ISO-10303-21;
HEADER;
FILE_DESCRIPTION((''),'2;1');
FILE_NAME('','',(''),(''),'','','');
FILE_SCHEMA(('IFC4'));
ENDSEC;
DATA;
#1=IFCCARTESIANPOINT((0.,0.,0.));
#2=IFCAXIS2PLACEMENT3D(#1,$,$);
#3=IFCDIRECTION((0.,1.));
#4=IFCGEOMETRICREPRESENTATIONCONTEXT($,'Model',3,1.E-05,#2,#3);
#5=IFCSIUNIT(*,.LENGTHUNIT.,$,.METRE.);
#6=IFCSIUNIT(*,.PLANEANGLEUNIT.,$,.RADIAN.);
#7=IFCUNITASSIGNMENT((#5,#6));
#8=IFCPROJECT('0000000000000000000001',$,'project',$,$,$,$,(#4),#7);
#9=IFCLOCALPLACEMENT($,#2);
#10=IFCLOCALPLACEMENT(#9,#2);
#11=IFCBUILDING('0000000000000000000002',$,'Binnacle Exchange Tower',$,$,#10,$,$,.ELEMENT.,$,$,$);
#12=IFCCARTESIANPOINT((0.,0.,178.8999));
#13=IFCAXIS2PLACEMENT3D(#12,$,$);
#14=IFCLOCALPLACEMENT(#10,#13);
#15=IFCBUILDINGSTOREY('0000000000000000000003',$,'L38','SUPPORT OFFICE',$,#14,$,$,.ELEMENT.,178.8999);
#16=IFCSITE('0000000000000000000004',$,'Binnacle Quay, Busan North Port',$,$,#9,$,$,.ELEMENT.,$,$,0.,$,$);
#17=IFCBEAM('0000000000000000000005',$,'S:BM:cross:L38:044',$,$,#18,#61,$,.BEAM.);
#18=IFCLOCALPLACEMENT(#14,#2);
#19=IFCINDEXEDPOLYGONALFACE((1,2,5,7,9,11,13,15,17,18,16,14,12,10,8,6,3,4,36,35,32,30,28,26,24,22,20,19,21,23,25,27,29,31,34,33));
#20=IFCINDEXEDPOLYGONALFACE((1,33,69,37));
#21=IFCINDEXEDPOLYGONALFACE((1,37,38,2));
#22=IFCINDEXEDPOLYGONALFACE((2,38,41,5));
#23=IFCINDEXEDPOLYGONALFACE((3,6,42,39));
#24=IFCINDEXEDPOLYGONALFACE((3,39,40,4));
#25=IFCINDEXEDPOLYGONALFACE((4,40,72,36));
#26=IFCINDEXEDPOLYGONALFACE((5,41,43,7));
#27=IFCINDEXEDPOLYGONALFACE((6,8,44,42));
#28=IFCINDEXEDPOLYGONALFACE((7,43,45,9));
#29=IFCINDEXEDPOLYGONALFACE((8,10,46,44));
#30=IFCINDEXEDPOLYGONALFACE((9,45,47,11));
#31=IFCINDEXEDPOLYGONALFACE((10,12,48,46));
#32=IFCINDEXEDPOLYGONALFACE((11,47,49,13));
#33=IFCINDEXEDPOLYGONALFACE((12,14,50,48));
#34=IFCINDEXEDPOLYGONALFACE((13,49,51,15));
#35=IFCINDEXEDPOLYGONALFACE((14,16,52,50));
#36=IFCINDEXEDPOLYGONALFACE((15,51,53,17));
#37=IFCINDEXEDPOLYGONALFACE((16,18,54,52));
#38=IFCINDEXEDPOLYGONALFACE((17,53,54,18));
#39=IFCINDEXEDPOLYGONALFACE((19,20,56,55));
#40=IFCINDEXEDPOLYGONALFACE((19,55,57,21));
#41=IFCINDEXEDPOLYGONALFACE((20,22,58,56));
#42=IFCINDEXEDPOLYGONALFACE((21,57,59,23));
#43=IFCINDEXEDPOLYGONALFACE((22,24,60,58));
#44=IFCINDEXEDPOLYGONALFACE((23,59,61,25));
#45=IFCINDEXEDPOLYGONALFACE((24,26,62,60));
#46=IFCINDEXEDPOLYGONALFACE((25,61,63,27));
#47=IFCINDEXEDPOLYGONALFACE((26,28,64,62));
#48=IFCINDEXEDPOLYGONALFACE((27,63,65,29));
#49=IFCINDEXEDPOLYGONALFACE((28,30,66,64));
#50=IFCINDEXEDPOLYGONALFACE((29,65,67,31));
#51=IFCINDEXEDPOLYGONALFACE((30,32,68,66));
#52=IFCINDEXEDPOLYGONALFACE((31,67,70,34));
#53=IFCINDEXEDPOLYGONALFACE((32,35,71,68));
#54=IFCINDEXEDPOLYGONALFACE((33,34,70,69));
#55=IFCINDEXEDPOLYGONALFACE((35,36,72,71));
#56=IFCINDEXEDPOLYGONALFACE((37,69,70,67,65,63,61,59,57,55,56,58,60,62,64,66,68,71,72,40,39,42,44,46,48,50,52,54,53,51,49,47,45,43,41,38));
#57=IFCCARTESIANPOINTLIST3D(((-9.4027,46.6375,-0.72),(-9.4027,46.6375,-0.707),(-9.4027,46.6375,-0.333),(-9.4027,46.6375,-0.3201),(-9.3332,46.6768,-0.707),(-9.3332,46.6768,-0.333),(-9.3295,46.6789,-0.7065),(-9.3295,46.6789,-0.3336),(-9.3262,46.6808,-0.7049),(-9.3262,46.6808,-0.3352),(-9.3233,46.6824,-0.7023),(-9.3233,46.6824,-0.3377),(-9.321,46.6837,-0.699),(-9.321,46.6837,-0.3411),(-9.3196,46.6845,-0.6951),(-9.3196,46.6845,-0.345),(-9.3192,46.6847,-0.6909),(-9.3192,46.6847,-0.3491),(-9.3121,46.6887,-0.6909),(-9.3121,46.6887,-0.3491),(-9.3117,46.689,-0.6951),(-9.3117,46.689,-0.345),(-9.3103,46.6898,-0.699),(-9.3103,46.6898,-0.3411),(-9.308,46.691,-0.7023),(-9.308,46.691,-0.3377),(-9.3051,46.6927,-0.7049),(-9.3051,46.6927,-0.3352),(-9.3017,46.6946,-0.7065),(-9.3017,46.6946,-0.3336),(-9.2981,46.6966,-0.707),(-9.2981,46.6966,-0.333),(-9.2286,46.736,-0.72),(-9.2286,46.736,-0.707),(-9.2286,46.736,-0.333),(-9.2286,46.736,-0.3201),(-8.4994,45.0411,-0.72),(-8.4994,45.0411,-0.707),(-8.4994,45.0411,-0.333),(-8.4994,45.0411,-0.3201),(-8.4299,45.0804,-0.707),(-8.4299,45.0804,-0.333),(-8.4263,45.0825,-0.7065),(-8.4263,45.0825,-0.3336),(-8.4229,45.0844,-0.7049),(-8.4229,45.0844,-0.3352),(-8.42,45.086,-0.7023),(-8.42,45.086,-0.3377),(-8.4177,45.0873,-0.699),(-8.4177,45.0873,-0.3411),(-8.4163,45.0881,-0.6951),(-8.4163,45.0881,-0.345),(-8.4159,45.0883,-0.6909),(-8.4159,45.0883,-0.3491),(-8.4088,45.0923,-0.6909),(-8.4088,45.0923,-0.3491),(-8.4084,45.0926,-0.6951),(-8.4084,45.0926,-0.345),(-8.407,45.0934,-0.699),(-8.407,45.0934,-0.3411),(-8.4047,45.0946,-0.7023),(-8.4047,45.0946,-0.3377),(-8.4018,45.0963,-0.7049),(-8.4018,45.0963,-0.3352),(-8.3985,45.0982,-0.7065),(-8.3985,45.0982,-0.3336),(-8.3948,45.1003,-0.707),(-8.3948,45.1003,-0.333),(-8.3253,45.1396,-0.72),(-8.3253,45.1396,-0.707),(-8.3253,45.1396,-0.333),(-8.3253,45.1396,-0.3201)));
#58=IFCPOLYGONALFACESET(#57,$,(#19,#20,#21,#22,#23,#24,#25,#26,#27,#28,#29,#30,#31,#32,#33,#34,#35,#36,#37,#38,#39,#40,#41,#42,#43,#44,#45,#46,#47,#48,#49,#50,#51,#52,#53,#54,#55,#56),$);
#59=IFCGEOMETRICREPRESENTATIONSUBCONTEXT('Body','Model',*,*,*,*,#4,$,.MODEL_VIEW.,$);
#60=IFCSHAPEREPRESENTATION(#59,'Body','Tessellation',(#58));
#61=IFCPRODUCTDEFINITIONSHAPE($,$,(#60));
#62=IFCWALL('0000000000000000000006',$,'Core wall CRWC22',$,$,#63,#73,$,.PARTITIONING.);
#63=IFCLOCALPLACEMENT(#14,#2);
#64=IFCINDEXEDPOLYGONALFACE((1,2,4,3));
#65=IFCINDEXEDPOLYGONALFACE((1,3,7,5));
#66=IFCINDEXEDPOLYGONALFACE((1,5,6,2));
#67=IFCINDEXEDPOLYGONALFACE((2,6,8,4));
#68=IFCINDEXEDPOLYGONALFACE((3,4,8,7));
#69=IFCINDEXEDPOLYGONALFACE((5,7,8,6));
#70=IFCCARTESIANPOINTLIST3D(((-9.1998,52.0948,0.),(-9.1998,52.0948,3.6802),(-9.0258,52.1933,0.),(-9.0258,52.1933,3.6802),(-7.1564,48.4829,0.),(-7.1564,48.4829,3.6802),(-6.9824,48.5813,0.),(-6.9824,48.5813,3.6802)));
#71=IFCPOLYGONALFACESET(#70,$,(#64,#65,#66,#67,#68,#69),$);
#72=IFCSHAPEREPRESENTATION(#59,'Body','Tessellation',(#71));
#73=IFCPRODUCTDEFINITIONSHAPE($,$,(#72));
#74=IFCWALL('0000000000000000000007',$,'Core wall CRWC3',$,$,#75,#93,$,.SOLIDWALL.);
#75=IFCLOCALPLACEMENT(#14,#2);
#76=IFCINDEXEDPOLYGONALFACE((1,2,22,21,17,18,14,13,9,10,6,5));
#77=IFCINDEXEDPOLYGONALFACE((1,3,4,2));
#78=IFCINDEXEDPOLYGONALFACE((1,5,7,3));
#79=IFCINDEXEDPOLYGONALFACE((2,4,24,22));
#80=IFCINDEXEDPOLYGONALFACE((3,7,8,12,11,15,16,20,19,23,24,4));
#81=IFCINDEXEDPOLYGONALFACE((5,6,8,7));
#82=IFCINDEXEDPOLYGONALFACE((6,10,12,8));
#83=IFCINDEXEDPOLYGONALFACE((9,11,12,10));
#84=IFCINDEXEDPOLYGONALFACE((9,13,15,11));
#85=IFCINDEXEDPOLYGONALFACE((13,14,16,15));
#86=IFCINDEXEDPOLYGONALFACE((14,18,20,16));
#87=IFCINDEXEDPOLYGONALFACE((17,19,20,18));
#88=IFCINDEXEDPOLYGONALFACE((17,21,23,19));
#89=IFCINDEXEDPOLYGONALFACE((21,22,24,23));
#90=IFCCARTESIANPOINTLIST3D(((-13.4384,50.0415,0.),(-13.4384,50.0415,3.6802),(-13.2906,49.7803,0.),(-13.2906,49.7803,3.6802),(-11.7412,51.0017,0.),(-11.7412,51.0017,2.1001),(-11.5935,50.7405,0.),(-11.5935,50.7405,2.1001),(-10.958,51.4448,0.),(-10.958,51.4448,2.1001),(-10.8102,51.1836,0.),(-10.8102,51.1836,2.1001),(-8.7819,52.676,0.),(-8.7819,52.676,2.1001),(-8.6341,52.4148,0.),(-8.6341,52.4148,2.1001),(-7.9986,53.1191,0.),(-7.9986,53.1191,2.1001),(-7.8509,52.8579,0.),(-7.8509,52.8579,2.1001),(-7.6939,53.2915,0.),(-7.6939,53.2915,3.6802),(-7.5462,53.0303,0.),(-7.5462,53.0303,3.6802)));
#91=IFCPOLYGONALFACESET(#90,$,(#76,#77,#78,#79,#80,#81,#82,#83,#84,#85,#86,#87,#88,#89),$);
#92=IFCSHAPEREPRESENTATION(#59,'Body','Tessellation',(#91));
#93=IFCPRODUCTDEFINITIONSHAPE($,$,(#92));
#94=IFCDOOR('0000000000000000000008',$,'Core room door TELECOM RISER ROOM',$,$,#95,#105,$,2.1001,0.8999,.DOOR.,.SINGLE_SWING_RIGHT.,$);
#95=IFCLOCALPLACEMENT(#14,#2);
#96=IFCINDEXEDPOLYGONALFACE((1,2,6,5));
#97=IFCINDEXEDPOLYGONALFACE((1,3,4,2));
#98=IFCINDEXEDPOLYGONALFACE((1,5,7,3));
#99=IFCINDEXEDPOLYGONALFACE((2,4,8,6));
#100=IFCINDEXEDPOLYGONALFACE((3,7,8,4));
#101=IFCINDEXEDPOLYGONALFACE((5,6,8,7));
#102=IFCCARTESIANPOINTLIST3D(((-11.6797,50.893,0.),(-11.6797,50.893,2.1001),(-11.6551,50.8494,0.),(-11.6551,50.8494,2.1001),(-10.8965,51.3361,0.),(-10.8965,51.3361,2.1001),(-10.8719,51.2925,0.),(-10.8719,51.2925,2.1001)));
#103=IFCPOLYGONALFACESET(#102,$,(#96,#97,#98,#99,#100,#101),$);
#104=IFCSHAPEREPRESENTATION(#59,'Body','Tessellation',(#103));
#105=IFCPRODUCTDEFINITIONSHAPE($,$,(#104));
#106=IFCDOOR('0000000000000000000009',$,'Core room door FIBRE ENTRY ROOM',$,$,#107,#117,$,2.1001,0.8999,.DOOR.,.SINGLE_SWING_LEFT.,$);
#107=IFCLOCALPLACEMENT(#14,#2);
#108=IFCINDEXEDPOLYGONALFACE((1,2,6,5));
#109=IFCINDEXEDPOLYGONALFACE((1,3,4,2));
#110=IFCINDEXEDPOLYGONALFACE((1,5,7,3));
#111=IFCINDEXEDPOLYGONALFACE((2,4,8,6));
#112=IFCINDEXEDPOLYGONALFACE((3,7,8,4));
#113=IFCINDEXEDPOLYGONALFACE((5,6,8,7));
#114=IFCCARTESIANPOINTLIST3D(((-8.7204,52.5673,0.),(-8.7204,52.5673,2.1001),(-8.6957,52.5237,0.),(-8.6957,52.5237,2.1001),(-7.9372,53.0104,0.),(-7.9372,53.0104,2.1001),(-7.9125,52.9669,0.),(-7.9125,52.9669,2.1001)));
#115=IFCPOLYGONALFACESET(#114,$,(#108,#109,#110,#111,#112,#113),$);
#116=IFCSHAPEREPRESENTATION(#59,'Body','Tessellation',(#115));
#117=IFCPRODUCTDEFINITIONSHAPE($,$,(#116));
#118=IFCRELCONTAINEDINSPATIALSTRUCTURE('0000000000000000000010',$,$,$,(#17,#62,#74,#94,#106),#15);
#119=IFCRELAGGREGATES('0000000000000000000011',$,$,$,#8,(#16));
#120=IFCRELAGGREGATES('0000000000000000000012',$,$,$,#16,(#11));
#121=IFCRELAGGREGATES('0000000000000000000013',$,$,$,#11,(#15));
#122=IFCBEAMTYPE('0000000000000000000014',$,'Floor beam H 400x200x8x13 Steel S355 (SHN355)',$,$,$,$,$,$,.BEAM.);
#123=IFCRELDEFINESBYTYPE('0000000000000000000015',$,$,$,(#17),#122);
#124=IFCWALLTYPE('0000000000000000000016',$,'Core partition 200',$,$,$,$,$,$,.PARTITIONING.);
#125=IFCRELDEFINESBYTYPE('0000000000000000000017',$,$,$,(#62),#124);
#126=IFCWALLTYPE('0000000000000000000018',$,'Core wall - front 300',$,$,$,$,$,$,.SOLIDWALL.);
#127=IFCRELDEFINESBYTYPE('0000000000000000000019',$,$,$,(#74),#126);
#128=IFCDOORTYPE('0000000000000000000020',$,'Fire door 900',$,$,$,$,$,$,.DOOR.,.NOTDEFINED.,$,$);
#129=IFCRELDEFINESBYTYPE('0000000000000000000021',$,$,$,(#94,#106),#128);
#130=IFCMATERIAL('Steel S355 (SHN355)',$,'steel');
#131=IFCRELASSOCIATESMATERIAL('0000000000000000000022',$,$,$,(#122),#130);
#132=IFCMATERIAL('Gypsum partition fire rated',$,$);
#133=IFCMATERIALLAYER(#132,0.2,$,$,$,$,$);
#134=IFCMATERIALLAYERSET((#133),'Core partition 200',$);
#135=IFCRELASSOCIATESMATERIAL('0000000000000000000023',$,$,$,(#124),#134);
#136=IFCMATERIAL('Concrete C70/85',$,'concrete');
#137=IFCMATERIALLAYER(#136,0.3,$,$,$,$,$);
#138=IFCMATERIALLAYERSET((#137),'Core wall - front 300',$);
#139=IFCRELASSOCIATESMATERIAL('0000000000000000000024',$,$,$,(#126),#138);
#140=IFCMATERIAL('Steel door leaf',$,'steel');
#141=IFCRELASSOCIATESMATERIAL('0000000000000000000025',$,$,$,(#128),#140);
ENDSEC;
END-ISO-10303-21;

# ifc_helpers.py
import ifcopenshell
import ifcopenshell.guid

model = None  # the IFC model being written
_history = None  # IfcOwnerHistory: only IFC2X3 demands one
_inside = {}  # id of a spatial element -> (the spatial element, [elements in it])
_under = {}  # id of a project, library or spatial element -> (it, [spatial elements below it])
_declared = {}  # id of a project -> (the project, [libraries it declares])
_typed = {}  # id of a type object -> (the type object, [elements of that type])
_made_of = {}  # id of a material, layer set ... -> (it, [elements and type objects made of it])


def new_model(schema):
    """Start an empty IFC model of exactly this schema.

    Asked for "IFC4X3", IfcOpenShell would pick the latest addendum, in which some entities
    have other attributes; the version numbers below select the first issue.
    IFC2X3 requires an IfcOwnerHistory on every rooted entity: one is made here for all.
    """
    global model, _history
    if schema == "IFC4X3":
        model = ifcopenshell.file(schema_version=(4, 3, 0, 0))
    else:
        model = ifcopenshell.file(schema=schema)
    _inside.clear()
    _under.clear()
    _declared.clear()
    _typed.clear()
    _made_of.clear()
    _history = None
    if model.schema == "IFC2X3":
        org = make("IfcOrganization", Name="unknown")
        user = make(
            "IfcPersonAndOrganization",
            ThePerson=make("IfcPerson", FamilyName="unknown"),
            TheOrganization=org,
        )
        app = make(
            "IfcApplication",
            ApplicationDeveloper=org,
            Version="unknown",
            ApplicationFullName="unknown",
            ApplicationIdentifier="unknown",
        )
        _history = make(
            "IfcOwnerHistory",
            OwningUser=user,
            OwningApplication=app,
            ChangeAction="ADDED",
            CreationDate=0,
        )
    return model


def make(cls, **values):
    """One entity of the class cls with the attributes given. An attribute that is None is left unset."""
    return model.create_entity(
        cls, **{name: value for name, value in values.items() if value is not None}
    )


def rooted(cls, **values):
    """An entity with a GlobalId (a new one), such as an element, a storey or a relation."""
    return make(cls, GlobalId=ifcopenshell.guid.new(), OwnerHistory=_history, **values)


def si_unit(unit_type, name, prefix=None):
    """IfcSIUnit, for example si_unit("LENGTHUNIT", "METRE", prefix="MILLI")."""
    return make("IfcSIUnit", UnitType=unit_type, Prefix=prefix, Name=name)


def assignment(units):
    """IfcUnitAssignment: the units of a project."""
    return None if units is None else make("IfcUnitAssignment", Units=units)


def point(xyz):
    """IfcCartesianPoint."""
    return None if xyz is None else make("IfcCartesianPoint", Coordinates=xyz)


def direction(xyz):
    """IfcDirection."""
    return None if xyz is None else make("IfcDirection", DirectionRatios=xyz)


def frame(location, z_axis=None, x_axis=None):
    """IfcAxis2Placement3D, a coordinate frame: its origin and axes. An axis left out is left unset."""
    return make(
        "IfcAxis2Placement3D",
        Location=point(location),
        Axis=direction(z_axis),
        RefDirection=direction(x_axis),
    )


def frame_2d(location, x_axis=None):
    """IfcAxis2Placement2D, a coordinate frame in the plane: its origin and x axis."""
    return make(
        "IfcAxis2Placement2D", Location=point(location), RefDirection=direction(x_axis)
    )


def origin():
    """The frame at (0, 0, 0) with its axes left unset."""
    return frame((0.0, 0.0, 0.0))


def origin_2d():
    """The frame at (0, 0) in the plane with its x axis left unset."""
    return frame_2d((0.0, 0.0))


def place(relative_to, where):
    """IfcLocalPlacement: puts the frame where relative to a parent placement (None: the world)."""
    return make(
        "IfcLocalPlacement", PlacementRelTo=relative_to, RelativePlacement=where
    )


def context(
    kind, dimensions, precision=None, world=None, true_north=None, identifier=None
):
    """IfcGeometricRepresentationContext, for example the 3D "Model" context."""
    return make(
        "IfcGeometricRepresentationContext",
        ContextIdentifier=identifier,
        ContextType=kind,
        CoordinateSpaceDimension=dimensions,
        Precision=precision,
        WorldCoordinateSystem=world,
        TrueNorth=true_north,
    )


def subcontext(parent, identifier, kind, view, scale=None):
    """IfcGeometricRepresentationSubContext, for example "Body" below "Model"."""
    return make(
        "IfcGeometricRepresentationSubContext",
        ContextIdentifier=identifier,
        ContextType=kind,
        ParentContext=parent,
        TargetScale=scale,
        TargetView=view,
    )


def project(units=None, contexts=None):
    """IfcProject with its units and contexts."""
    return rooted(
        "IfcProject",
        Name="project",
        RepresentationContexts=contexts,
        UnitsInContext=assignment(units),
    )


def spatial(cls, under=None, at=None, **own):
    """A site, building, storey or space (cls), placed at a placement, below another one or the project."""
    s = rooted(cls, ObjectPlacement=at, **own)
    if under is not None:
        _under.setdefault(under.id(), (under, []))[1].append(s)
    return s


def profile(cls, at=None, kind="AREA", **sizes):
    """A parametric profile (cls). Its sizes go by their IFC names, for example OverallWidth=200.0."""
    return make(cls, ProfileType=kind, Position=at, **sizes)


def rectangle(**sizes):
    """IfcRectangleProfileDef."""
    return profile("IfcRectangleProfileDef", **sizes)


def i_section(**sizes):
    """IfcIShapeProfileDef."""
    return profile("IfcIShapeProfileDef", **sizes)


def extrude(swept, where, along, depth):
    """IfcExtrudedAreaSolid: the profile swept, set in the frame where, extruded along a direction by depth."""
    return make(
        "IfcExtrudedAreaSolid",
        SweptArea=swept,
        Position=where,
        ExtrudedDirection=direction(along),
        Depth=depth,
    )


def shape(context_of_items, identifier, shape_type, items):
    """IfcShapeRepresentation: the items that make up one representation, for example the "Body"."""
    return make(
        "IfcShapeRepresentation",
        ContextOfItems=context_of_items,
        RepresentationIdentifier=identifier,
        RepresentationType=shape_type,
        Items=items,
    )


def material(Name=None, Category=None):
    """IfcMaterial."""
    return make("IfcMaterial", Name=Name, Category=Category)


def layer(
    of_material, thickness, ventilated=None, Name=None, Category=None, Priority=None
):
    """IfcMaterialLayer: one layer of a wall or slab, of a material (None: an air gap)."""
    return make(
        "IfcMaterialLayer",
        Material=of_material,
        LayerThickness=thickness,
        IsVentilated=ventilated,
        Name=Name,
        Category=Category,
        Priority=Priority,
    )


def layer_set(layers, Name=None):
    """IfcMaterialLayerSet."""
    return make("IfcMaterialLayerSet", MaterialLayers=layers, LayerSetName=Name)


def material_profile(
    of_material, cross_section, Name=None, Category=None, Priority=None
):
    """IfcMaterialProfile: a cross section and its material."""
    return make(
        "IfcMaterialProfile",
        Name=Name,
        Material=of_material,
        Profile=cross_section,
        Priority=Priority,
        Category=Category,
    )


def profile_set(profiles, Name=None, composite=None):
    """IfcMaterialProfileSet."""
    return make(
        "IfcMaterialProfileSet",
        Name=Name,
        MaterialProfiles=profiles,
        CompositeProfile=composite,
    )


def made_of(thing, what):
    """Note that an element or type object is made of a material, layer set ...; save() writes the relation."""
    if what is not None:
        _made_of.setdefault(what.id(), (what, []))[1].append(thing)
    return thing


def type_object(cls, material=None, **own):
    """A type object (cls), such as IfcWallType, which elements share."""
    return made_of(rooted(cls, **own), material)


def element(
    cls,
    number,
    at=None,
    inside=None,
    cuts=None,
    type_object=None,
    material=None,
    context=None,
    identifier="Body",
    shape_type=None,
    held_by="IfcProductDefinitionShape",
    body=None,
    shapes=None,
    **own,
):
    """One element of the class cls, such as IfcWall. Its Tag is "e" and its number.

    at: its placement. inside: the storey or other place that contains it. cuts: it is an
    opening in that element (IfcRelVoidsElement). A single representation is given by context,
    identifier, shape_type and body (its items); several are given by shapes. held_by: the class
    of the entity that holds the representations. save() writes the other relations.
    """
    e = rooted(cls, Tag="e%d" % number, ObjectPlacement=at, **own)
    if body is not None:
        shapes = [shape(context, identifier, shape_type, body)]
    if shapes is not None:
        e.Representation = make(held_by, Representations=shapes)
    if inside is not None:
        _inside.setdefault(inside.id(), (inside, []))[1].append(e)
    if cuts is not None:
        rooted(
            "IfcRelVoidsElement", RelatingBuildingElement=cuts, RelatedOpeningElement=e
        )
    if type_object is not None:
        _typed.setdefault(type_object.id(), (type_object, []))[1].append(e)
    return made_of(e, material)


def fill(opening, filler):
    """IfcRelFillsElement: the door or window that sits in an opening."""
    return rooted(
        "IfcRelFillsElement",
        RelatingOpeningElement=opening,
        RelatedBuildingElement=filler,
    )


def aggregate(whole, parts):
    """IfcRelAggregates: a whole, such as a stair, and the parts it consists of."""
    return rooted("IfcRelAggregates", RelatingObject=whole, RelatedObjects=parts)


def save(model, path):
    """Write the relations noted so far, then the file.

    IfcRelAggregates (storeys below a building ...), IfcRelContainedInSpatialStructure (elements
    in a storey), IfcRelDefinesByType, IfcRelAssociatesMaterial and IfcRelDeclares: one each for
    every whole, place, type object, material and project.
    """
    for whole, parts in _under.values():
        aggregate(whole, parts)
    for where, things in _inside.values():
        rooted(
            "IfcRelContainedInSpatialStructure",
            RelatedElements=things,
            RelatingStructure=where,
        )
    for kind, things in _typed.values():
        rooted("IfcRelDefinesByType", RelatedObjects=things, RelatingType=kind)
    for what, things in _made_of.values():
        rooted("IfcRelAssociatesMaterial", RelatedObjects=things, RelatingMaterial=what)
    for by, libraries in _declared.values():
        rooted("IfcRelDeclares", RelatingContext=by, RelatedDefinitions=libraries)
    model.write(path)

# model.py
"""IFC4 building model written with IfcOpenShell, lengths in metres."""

from ifc_helpers import new_model, si_unit, direction, frame, frame_2d, origin, origin_2d, place, context, subcontext, project, spatial, rectangle, i_section, extrude, material, layer, layer_set, material_profile, profile_set, type_object, element, fill, save


model = new_model("IFC4")

# Units and contexts
model_context = context("Model", 3, precision=1e-05, world=origin(), true_north=direction((0.0, 1.0)))
body_context = subcontext(model_context, "Body", "Model", "MODEL_VIEW")
ifc_project = project(units=[si_unit("LENGTHUNIT", "METRE"), si_unit("PLANEANGLEUNIT", "RADIAN")], contexts=[model_context])

# Site, building, storey
site_placement = place(None, origin())
site = spatial("IfcSite", under=ifc_project, at=site_placement, Name="Binnacle Quay, Busan North Port", CompositionType="ELEMENT", RefElevation=0.0)
building_placement = place(site_placement, origin())
building = spatial("IfcBuilding", under=site, at=building_placement, Name="Binnacle Exchange Tower", CompositionType="ELEMENT")
storey_placement = place(building_placement, frame((0.0, 0.0, 178.8999)))
storey = spatial("IfcBuildingStorey", under=building, at=storey_placement, Name="L38", Description="SUPPORT OFFICE", CompositionType="ELEMENT", Elevation=178.8999)

# Beam
ifc_material_1 = material(Name="Steel S355 (SHN355)", Category="steel")
ifc_material_profile = material_profile(ifc_material_1, i_section(OverallWidth=0.2, OverallDepth=0.3999, WebThickness=0.0081, FlangeThickness=0.0129, FilletRadius=0.0161, at=origin_2d()), Name="H 400x200x8x13")
ifc_profile_set = profile_set([ifc_material_profile], Name="Steel S355 (SHN355)")
beam_type = type_object("IfcBeamType", Name="Floor beam H 400x200x8x13 Steel S355 (SHN355)", PredefinedType="BEAM", material=ifc_profile_set)
beam_placement = place(storey_placement, frame((-8.4124, 45.0903, -0.52), z_axis=(-0.492465, 0.870332, 0.0), x_axis=(-0.870332, -0.492465, 0.0)))
element("IfcBeam", 1, at=beam_placement, inside=storey, type_object=beam_type, Name="S:BM:cross:L38:044", PredefinedType="BEAM", context=body_context, shape_type="SweptSolid", body=[
    extrude(i_section(OverallWidth=0.2, OverallDepth=0.3999, WebThickness=0.0081, FlangeThickness=0.0129, FilletRadius=0.0161, at=origin_2d()), origin(), (0.0, 0.0, 1.0), 1.8342),
])

# Wall
ifc_material_2 = material(Name="Gypsum partition fire rated")
ifc_layer_1 = layer(ifc_material_2, 0.2)
ifc_layer_set_1 = layer_set([ifc_layer_1], Name="Core partition 200")
wall_type_1 = type_object("IfcWallType", Name="Core partition 200", PredefinedType="PARTITIONING", material=ifc_layer_set_1)
wall_1_placement = place(storey_placement, frame((-9.1128, 52.144, 0.0), z_axis=(0.0, 0.0, 1.0), x_axis=(0.492396, -0.870371, 0.0)))
element("IfcWall", 2, at=wall_1_placement, inside=storey, type_object=wall_type_1, Name="Core wall CRWC22", PredefinedType="PARTITIONING", context=body_context, shape_type="SweptSolid", body=[
    extrude(rectangle(XDim=4.1499, YDim=0.2, at=frame_2d((2.075, 0.0))), origin(), (0.0, 0.0, 1.0), 3.6802),
])

# Wall, openings, doors
ifc_material_3 = material(Name="Concrete C70/85", Category="concrete")
ifc_layer_2 = layer(ifc_material_3, 0.3)
ifc_layer_set_2 = layer_set([ifc_layer_2], Name="Core wall - front 300")
wall_type_2 = type_object("IfcWallType", Name="Core wall - front 300", PredefinedType="SOLIDWALL", material=ifc_layer_set_2)
wall_2_placement = place(storey_placement, frame((-13.3645, 49.9109, 0.0), z_axis=(0.0, 0.0, 1.0), x_axis=(0.870357, 0.492422, 0.0)))
wall_2 = element("IfcWall", 3, at=wall_2_placement, inside=storey, type_object=wall_type_2, Name="Core wall CRWC3", PredefinedType="SOLIDWALL", context=body_context, shape_type="SweptSolid", body=[
    extrude(rectangle(XDim=6.6001, YDim=0.3, at=frame_2d((3.3, 0.0))), origin(), (0.0, 0.0, 1.0), 3.6802),
])
opening_1_placement = place(wall_2_placement, frame((1.95, 0.0, 0.0)))
opening_1 = element("IfcOpeningElement", 4, at=opening_1_placement, cuts=wall_2, PredefinedType="OPENING", context=body_context, shape_type="SweptSolid", body=[
    extrude(rectangle(XDim=0.8999, YDim=2.1001, at=frame_2d((0.45, 1.05))), frame((0.0, 0.1599, 0.0), z_axis=(0.0, -1.0, 0.0), x_axis=(1.0, 0.0, 0.0)), (0.0, 0.0, 1.0), 0.3201),
])
opening_2_placement = place(wall_2_placement, frame((5.3501, 0.0, 0.0)))
opening_2 = element("IfcOpeningElement", 5, at=opening_2_placement, cuts=wall_2, PredefinedType="OPENING", context=body_context, shape_type="SweptSolid", body=[
    extrude(rectangle(XDim=0.8999, YDim=2.1001, at=frame_2d((0.45, 1.05))), frame((0.0, 0.1599, 0.0), z_axis=(0.0, -1.0, 0.0), x_axis=(1.0, 0.0, 0.0)), (0.0, 0.0, 1.0), 0.3201),
])
ifc_material_4 = material(Name="Steel door leaf", Category="steel")
door_type_1 = type_object("IfcDoorType", Name="Fire door 900", OperationType="NOTDEFINED", PredefinedType="DOOR", material=ifc_material_4)
door_1_placement = place(opening_1_placement, frame((0.8999, 0.0, 0.0), z_axis=(0.0, 0.0, 1.0), x_axis=(-1.0, 0.0, 0.0)))
door_1 = element("IfcDoor", 6, at=door_1_placement, inside=storey, type_object=door_type_1, Name="Core room door TELECOM RISER ROOM", OperationType="SINGLE_SWING_RIGHT", OverallHeight=2.1001, OverallWidth=0.8999, PredefinedType="DOOR", context=body_context, shape_type="SweptSolid", body=[
    extrude(rectangle(XDim=0.8999, YDim=2.1001, at=frame_2d((0.45, 1.05))), frame((0.0, 0.0249, 0.0), z_axis=(0.0, -1.0, 0.0), x_axis=(1.0, 0.0, 0.0)), (0.0, 0.0, 1.0), 0.05),
])
fill(opening_1, door_1)
door_2_placement = place(opening_2_placement, frame((0.8999, 0.0, 0.0), z_axis=(0.0, 0.0, 1.0), x_axis=(-1.0, 0.0, 0.0)))
door_2 = element("IfcDoor", 7, at=door_2_placement, inside=storey, type_object=door_type_1, Name="Core room door FIBRE ENTRY ROOM", OperationType="SINGLE_SWING_LEFT", OverallHeight=2.1001, OverallWidth=0.8999, PredefinedType="DOOR", context=body_context, shape_type="SweptSolid", body=[
    extrude(rectangle(XDim=0.8999, YDim=2.1001, at=frame_2d((0.45, 1.05))), frame((0.0, 0.0249, 0.0), z_axis=(0.0, -1.0, 0.0), x_axis=(1.0, 0.0, 0.0)), (0.0, 0.0, 1.0), 0.05),
])
fill(opening_2, door_2)

save(model, "model.ifc")
